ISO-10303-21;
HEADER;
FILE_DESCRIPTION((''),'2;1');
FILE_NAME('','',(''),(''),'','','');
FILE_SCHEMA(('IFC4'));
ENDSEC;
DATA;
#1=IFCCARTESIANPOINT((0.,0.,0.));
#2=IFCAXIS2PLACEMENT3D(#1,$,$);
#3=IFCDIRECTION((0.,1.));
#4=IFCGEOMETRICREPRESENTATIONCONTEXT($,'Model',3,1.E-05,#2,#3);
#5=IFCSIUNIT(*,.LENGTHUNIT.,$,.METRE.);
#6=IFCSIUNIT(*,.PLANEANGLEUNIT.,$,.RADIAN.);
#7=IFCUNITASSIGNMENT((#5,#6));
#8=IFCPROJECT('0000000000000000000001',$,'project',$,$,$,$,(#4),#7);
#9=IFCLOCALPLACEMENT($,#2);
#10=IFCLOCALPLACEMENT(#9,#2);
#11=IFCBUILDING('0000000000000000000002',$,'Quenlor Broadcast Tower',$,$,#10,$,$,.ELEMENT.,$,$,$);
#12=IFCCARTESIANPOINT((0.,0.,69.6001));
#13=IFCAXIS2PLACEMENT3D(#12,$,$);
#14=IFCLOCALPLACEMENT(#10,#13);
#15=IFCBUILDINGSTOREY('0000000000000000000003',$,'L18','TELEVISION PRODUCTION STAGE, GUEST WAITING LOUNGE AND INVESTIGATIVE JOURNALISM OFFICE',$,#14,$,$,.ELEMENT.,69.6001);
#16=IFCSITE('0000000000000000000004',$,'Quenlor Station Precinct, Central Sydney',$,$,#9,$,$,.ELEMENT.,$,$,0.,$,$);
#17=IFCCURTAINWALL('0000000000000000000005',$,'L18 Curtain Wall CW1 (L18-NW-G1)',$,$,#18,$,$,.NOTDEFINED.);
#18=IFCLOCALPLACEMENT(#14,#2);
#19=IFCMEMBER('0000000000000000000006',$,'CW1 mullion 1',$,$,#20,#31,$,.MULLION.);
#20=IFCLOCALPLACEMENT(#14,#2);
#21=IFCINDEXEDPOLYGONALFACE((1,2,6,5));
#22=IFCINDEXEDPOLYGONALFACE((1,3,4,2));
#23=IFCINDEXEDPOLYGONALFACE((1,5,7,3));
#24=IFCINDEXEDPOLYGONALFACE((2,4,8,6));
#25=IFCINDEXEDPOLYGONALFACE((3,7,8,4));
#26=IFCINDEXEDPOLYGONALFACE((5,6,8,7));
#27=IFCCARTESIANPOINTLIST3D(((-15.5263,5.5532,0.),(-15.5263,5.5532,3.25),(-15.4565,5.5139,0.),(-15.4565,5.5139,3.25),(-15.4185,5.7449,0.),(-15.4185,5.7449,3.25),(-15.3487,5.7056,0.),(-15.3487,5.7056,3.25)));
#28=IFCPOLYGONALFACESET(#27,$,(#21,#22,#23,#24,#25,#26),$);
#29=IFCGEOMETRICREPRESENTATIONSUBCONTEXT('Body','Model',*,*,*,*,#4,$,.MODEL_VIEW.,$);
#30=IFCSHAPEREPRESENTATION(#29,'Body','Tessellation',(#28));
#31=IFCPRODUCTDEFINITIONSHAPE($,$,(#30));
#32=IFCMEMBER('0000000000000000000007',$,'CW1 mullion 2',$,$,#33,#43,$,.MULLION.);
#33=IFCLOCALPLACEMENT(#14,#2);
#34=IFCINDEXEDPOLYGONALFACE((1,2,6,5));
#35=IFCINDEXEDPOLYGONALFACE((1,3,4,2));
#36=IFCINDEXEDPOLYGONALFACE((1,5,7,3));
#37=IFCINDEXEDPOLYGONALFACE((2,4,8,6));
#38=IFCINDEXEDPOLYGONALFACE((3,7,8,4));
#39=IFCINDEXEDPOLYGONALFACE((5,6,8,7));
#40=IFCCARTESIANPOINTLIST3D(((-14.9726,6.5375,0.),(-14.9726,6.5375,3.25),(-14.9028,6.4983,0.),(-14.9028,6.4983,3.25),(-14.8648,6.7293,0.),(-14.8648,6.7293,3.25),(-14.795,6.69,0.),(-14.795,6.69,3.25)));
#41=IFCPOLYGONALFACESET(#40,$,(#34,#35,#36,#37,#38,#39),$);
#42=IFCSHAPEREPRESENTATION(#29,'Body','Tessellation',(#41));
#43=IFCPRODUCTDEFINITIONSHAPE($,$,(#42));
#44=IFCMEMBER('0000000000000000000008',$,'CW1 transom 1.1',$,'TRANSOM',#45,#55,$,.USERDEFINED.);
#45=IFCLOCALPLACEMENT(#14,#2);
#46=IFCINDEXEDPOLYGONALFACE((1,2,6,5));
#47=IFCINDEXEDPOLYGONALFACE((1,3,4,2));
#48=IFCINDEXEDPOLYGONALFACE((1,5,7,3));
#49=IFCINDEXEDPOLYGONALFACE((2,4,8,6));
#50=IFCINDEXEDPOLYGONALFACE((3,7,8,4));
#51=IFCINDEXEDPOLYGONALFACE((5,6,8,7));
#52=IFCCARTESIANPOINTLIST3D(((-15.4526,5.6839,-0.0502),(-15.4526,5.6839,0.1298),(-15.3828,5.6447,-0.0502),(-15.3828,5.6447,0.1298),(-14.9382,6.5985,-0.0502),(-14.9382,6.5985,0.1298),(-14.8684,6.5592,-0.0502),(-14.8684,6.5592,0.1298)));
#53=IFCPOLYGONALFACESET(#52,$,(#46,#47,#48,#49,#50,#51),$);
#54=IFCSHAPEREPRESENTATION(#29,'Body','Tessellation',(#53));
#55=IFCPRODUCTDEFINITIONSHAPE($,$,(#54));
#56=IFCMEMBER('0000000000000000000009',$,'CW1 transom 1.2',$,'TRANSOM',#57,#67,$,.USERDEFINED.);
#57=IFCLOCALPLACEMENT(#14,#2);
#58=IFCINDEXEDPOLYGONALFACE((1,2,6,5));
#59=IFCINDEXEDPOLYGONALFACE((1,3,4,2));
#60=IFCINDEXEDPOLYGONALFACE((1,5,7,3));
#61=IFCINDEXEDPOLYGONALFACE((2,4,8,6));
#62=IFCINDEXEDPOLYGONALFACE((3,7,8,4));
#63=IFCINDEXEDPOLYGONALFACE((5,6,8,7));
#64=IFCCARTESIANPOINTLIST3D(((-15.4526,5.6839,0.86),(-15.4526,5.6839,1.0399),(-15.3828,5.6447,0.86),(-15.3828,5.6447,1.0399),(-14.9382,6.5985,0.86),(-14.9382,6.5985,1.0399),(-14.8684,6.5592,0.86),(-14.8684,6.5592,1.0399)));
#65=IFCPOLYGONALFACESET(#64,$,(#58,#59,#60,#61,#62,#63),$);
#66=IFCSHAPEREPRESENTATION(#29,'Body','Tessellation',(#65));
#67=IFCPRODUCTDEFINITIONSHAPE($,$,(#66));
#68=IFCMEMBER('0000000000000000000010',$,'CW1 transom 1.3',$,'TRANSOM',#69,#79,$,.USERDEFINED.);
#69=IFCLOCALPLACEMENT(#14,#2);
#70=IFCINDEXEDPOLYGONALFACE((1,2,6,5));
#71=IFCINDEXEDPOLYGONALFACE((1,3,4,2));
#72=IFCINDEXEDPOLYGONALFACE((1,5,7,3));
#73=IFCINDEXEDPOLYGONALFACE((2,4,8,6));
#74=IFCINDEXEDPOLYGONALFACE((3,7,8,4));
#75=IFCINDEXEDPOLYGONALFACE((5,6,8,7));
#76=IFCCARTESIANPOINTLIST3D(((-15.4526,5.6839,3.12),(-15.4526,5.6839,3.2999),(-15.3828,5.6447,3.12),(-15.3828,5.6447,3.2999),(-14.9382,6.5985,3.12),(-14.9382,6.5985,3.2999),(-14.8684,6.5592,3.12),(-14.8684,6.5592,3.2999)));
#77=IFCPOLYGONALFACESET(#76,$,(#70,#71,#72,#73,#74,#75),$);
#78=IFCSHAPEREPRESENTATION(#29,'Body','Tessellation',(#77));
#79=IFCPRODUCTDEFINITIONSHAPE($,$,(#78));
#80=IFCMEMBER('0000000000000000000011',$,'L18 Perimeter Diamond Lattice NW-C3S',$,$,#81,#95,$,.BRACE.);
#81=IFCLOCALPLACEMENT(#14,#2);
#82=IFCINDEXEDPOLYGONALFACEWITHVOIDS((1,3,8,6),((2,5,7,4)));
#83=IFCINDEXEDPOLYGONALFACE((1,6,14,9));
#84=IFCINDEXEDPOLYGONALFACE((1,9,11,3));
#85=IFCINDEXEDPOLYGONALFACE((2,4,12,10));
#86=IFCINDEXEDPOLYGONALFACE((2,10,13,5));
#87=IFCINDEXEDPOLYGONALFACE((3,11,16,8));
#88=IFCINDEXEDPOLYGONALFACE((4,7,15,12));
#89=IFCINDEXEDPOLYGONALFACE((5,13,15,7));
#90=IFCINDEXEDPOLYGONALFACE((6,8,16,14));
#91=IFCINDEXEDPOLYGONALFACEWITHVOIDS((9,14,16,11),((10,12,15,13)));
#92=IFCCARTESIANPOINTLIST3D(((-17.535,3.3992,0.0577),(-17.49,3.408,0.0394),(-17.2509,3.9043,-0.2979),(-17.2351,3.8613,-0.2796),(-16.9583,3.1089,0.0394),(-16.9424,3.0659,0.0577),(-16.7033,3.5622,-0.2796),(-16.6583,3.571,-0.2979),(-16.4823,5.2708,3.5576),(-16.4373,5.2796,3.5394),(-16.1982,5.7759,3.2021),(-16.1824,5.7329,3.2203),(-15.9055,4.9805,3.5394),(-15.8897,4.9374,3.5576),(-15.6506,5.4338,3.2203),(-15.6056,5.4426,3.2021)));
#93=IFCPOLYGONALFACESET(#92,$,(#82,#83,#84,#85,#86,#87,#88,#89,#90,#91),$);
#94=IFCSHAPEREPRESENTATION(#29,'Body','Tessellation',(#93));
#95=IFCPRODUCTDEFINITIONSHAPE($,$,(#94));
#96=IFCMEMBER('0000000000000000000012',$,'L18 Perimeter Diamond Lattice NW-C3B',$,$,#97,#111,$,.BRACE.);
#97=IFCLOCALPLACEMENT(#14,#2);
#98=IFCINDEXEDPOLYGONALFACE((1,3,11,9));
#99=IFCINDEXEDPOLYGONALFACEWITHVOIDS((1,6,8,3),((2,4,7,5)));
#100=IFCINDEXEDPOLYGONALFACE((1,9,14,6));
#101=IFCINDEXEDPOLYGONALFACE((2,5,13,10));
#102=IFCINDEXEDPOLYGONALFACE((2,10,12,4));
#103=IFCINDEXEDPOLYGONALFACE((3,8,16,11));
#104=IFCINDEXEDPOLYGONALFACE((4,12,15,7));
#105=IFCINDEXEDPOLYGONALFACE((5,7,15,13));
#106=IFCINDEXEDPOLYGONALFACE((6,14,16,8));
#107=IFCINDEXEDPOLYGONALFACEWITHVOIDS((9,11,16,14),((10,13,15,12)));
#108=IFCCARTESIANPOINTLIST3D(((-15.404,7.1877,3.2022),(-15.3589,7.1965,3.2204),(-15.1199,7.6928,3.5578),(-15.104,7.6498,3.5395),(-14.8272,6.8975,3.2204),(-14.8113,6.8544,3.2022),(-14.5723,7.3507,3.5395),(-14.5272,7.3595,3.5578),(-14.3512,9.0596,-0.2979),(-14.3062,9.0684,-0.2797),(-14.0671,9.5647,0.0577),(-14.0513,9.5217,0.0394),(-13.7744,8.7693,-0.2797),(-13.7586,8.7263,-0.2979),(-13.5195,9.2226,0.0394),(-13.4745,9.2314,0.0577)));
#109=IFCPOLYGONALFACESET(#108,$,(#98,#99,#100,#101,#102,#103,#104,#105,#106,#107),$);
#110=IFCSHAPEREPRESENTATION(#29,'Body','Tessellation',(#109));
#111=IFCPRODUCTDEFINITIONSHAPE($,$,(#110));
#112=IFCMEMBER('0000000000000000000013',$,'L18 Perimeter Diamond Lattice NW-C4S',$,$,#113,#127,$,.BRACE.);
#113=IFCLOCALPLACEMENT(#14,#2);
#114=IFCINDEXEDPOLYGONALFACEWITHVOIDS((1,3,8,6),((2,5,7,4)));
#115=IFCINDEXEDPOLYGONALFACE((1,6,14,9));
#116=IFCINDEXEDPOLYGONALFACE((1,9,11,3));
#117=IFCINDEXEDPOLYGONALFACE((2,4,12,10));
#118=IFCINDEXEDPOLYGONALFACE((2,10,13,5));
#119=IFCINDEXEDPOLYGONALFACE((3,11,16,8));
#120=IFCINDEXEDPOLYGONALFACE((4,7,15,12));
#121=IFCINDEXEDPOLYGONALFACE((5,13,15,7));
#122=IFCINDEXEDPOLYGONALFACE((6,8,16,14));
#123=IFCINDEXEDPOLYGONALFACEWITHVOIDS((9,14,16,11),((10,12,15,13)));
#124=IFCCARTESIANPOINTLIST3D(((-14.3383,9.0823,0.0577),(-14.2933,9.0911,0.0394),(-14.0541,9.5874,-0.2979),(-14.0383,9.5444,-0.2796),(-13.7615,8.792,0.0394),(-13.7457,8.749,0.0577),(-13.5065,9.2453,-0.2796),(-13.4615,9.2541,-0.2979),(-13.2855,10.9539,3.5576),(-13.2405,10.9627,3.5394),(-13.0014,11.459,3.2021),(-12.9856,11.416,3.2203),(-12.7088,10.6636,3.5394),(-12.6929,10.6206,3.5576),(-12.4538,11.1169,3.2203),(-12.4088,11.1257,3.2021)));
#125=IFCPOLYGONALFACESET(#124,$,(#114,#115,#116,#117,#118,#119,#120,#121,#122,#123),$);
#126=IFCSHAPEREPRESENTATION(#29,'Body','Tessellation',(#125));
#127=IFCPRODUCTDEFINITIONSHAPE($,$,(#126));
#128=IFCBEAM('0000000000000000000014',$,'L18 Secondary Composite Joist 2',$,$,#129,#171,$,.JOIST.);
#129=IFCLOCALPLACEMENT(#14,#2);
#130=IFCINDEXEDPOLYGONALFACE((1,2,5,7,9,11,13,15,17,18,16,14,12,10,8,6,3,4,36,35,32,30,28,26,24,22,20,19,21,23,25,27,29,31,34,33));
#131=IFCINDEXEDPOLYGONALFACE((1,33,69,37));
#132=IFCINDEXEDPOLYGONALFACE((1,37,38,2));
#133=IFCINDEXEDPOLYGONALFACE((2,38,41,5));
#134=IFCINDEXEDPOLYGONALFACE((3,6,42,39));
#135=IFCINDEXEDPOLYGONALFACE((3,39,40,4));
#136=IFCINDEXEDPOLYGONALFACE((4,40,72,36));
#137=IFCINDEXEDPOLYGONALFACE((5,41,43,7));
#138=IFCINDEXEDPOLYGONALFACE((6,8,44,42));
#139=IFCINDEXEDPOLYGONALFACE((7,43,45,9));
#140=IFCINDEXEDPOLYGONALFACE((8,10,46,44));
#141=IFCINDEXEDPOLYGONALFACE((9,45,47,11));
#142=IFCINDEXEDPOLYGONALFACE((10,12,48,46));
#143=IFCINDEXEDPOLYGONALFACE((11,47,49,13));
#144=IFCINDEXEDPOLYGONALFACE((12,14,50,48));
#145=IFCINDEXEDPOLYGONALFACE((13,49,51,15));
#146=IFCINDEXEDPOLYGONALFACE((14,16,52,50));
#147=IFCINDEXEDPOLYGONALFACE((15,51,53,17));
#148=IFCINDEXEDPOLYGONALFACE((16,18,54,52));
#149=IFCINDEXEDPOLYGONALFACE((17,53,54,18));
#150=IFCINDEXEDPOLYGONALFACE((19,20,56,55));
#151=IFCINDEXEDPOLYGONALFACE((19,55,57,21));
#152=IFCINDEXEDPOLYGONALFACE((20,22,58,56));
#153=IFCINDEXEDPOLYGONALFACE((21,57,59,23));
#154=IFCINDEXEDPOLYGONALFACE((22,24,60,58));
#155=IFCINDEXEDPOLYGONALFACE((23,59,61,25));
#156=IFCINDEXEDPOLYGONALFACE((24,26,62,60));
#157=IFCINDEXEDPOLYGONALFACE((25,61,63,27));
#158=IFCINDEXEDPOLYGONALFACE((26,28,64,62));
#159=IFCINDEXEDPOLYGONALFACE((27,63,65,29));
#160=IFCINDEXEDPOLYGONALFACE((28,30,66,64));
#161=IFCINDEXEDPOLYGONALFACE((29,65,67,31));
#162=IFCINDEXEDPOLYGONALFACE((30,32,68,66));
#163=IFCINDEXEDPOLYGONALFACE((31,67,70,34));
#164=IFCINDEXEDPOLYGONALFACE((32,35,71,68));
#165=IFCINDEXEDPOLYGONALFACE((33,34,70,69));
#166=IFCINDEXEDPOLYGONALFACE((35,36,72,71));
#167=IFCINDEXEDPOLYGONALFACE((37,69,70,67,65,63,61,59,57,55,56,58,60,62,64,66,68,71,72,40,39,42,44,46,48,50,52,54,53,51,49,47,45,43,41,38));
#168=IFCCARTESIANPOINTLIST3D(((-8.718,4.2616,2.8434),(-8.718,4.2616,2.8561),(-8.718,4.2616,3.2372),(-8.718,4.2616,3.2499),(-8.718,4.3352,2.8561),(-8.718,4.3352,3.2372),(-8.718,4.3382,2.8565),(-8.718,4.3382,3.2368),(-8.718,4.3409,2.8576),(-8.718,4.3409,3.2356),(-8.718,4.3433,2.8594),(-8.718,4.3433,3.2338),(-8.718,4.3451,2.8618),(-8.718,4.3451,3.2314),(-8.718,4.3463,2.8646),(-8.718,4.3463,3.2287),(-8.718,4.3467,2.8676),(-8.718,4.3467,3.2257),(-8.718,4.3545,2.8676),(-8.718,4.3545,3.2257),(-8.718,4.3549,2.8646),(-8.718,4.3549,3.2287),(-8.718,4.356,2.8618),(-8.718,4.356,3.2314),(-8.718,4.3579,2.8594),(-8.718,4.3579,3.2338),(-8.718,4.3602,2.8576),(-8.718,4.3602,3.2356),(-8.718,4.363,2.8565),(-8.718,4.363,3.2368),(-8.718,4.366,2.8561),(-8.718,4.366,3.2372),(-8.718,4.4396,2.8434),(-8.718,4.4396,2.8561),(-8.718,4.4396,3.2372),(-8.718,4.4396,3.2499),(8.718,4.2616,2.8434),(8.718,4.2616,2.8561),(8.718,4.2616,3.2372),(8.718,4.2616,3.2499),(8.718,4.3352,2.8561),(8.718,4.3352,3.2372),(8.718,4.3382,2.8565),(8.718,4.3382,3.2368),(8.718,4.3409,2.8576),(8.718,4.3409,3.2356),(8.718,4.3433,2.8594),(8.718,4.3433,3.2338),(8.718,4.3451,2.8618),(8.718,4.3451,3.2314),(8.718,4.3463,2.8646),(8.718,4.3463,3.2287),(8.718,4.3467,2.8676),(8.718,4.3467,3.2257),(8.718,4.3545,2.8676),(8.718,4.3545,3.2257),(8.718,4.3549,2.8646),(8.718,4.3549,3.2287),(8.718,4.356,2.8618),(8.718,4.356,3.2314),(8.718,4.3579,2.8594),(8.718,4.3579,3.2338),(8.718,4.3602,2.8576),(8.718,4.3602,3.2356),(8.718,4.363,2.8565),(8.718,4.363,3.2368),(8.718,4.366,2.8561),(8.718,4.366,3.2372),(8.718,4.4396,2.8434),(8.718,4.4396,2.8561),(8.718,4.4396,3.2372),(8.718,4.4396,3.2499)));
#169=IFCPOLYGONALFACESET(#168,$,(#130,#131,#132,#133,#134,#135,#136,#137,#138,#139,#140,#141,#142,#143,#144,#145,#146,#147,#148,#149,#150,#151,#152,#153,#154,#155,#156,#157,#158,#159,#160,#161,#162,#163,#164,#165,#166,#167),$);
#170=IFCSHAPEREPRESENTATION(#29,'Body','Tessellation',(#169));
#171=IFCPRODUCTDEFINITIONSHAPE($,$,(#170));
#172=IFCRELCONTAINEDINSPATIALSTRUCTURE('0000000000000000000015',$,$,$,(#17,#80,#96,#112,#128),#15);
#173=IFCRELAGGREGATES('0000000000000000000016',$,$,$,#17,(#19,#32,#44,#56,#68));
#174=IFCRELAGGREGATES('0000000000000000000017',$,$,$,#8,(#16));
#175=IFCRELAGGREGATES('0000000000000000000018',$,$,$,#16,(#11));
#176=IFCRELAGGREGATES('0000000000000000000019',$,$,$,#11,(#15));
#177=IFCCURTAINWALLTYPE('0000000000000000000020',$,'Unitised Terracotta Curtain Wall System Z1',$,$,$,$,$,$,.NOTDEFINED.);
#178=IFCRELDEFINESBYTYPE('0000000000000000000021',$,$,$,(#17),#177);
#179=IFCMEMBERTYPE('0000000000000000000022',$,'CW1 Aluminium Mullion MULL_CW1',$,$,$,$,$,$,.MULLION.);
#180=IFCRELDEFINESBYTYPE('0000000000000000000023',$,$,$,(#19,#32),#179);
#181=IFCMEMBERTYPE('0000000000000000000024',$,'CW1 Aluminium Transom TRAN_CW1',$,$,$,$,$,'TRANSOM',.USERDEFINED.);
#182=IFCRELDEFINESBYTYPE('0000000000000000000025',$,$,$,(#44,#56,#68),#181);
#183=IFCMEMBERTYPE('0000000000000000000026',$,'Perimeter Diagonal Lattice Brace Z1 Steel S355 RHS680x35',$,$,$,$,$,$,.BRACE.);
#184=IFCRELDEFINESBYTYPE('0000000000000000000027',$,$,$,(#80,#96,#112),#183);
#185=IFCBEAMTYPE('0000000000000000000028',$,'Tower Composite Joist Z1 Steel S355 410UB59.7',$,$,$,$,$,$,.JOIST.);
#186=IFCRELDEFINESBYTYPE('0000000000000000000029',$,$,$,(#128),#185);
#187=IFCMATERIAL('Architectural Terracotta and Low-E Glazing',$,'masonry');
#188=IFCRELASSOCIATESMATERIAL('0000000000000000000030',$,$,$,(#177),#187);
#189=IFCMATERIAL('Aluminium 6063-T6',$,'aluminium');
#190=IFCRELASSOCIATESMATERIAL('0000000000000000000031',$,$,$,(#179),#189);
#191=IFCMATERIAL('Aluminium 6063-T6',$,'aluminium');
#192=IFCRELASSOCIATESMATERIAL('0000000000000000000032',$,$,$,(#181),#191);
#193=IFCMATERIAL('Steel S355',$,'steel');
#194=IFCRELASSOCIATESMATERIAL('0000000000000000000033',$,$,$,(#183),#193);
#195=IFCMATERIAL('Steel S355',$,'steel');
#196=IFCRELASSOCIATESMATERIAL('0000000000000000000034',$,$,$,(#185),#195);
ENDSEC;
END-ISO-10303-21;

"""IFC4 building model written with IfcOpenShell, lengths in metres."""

from ifc_helpers import new_model, si_unit, direction, frame, origin, origin_2d, place, context, subcontext, project, spatial, rectangle, hollow_rectangle, i_section, extrude, material, material_profile, profile_set, type_object, element, aggregate, save


model = new_model("IFC4")

# Units and contexts
model_context = context("Model", 3, precision=1e-05, world=origin(), true_north=direction((0.0, 1.0)))
body_context = subcontext(model_context, "Body", "Model", "MODEL_VIEW")
ifc_project = project(units=[si_unit("LENGTHUNIT", "METRE"), si_unit("PLANEANGLEUNIT", "RADIAN")], contexts=[model_context])

# Site, building, storey
site_placement = place(None, origin())
site = spatial("IfcSite", under=ifc_project, at=site_placement, Name="Quenlor Station Precinct, Central Sydney", CompositionType="ELEMENT", RefElevation=0.0)
building_placement = place(site_placement, origin())
building = spatial("IfcBuilding", under=site, at=building_placement, Name="Quenlor Broadcast Tower", CompositionType="ELEMENT")
storey_placement = place(building_placement, frame((0.0, 0.0, 69.6001)))
storey = spatial("IfcBuildingStorey", under=building, at=storey_placement, Name="L18", Description="TELEVISION PRODUCTION STAGE, GUEST WAITING LOUNGE AND INVESTIGATIVE JOURNALISM OFFICE", CompositionType="ELEMENT", Elevation=69.6001)

# Curtain wall, members
ifc_material_1 = material(Name="Architectural Terracotta and Low-E Glazing", Category="masonry")
curtain_wall_type = type_object("IfcCurtainWallType", Name="Unitised Terracotta Curtain Wall System Z1", PredefinedType="NOTDEFINED", material=ifc_material_1)
curtain_wall_placement = place(storey_placement, origin())
curtain_wall = element("IfcCurtainWall", 1, at=curtain_wall_placement, inside=storey, type_object=curtain_wall_type, Name="L18 Curtain Wall CW1 (L18-NW-G1)", PredefinedType="NOTDEFINED")
ifc_material_2 = material(Name="Aluminium 6063-T6", Category="aluminium")
ifc_material_profile_1 = material_profile(ifc_material_2, rectangle(XDim=0.0801, YDim=0.22, at=origin_2d()))
ifc_profile_set_1 = profile_set([ifc_material_profile_1], Name="Aluminium 6063-T6 MULL80x220")
member_type_1 = type_object("IfcMemberType", Name="CW1 Aluminium Mullion MULL_CW1", PredefinedType="MULLION", material=ifc_profile_set_1)
member_1_placement = place(storey_placement, frame((-15.4375, 5.6294, 0.0), z_axis=(0.0, 0.0, 1.0), x_axis=(-0.871567, 0.490277, 0.0)))
member_1 = element("IfcMember", 2, at=member_1_placement, type_object=member_type_1, Name="CW1 mullion 1", PredefinedType="MULLION", context=body_context, shape_type="SweptSolid", body=[
    extrude(rectangle(XDim=0.0801, YDim=0.22, at=origin_2d()), origin(), (0.0, 0.0, 1.0), 3.25),
])
member_2_placement = place(storey_placement, frame((-14.8838, 6.6138, 0.0), z_axis=(0.0, 0.0, 1.0), x_axis=(-0.871567, 0.490277, 0.0)))
member_2 = element("IfcMember", 3, at=member_2_placement, type_object=member_type_1, Name="CW1 mullion 2", PredefinedType="MULLION", context=body_context, shape_type="SweptSolid", body=[
    extrude(rectangle(XDim=0.0801, YDim=0.22, at=origin_2d()), origin(), (0.0, 0.0, 1.0), 3.25),
])
ifc_material_3 = material(Name="Aluminium 6063-T6", Category="aluminium")
ifc_material_profile_2 = material_profile(ifc_material_3, rectangle(XDim=0.0801, YDim=0.1799, at=origin_2d()))
ifc_profile_set_2 = profile_set([ifc_material_profile_2], Name="Aluminium 6063-T6 TRAN80x180")
member_type_2 = type_object("IfcMemberType", Name="CW1 Aluminium Transom TRAN_CW1", ElementType="TRANSOM", PredefinedType="USERDEFINED", material=ifc_profile_set_2)
member_3_placement = place(storey_placement, frame((-15.4177, 5.6643, 0.0398), z_axis=(0.490239, 0.871588, 0.0), x_axis=(-0.871588, 0.490239, 0.0)))
member_3 = element("IfcMember", 4, at=member_3_placement, type_object=member_type_2, Name="CW1 transom 1.1", ObjectType="TRANSOM", PredefinedType="USERDEFINED", context=body_context, shape_type="SweptSolid", body=[
    extrude(rectangle(XDim=0.0801, YDim=0.1799, at=origin_2d()), origin(), (0.0, 0.0, 1.0), 1.0493),
])
member_4_placement = place(storey_placement, frame((-15.4177, 5.6643, 0.95), z_axis=(0.490239, 0.871588, 0.0), x_axis=(-0.871588, 0.490239, 0.0)))
member_4 = element("IfcMember", 5, at=member_4_placement, type_object=member_type_2, Name="CW1 transom 1.2", ObjectType="TRANSOM", PredefinedType="USERDEFINED", context=body_context, shape_type="SweptSolid", body=[
    extrude(rectangle(XDim=0.0801, YDim=0.1799, at=origin_2d()), origin(), (0.0, 0.0, 1.0), 1.0493),
])
member_5_placement = place(storey_placement, frame((-15.4177, 5.6643, 3.21), z_axis=(0.490239, 0.871588, 0.0), x_axis=(-0.871588, 0.490239, 0.0)))
member_5 = element("IfcMember", 6, at=member_5_placement, type_object=member_type_2, Name="CW1 transom 1.3", ObjectType="TRANSOM", PredefinedType="USERDEFINED", context=body_context, shape_type="SweptSolid", body=[
    extrude(rectangle(XDim=0.0801, YDim=0.1799, at=origin_2d()), origin(), (0.0, 0.0, 1.0), 1.0493),
])

# Members
ifc_material_4 = material(Name="Steel S355", Category="steel")
ifc_material_profile_3 = material_profile(ifc_material_4, hollow_rectangle(XDim=0.6799, YDim=0.6799, WallThickness=0.0349, at=origin_2d()))
ifc_profile_set_3 = profile_set([ifc_material_profile_3], Name="Steel S355 RHS680x680x35")
member_type_3 = type_object("IfcMemberType", Name="Perimeter Diagonal Lattice Brace Z1 Steel S355 RHS680x35", PredefinedType="BRACE", material=ifc_profile_set_3)
member_6_placement = place(storey_placement, frame((-17.0967, 3.4851, -0.1201), z_axis=(0.256375, 0.455792, 0.852365), x_axis=(-0.871582, 0.49025, 0.0)))
element("IfcMember", 7, at=member_6_placement, inside=storey, type_object=member_type_3, Name="L18 Perimeter Diamond Lattice NW-C3S", PredefinedType="BRACE", context=body_context, shape_type="SweptSolid", body=[
    extrude(hollow_rectangle(XDim=0.6799, YDim=0.6799, WallThickness=0.0349, at=origin_2d()), origin(), (0.0, 0.0, 1.0), 4.1062),
])
member_7_placement = place(storey_placement, frame((-13.9128, 9.1455, -0.1201), z_axis=(-0.256368, -0.455839, 0.852342), x_axis=(0.871609, -0.490202, 0.0)))
element("IfcMember", 8, at=member_7_placement, inside=storey, type_object=member_type_3, Name="L18 Perimeter Diamond Lattice NW-C3B", PredefinedType="BRACE", context=body_context, shape_type="SweptSolid", body=[
    extrude(hollow_rectangle(XDim=0.6799, YDim=0.6799, WallThickness=0.0349, at=origin_2d()), origin(), (0.0, 0.0, 1.0), 4.1064),
])
member_8_placement = place(storey_placement, frame((-13.8999, 9.1682, -0.1201), z_axis=(0.256375, 0.455792, 0.852365), x_axis=(-0.871582, 0.49025, 0.0)))
element("IfcMember", 9, at=member_8_placement, inside=storey, type_object=member_type_3, Name="L18 Perimeter Diamond Lattice NW-C4S", PredefinedType="BRACE", context=body_context, shape_type="SweptSolid", body=[
    extrude(hollow_rectangle(XDim=0.6799, YDim=0.6799, WallThickness=0.0349, at=origin_2d()), origin(), (0.0, 0.0, 1.0), 4.1062),
])

# Beam
ifc_material_5 = material(Name="Steel S355", Category="steel")
ifc_material_profile_4 = material_profile(ifc_material_5, i_section(OverallWidth=0.178, OverallDepth=0.4065, WebThickness=0.0078, FlangeThickness=0.0127, FilletRadius=0.0115, at=origin_2d()))
ifc_profile_set_4 = profile_set([ifc_material_profile_4], Name="Steel S355 410UB59.7")
beam_type_1 = type_object("IfcBeamType", Name="Tower Composite Joist Z1 Steel S355 410UB59.7", PredefinedType="JOIST", material=ifc_profile_set_4)
beam_1_placement = place(storey_placement, frame((-8.718, 4.3506, 3.0466), z_axis=(1.0, 0.0, 0.0), x_axis=(0.0, 1.0, 0.0)))
element("IfcBeam", 10, at=beam_1_placement, inside=storey, type_object=beam_type_1, Name="L18 Secondary Composite Joist 2", PredefinedType="JOIST", context=body_context, shape_type="SweptSolid", body=[
    extrude(i_section(OverallWidth=0.178, OverallDepth=0.4065, WebThickness=0.0078, FlangeThickness=0.0127, FilletRadius=0.0115, at=origin_2d()), origin(), (0.0, 0.0, 1.0), 17.436),
])

aggregate(curtain_wall, [member_1, member_2, member_3, member_4, member_5])

save(model, "model.ifc")
